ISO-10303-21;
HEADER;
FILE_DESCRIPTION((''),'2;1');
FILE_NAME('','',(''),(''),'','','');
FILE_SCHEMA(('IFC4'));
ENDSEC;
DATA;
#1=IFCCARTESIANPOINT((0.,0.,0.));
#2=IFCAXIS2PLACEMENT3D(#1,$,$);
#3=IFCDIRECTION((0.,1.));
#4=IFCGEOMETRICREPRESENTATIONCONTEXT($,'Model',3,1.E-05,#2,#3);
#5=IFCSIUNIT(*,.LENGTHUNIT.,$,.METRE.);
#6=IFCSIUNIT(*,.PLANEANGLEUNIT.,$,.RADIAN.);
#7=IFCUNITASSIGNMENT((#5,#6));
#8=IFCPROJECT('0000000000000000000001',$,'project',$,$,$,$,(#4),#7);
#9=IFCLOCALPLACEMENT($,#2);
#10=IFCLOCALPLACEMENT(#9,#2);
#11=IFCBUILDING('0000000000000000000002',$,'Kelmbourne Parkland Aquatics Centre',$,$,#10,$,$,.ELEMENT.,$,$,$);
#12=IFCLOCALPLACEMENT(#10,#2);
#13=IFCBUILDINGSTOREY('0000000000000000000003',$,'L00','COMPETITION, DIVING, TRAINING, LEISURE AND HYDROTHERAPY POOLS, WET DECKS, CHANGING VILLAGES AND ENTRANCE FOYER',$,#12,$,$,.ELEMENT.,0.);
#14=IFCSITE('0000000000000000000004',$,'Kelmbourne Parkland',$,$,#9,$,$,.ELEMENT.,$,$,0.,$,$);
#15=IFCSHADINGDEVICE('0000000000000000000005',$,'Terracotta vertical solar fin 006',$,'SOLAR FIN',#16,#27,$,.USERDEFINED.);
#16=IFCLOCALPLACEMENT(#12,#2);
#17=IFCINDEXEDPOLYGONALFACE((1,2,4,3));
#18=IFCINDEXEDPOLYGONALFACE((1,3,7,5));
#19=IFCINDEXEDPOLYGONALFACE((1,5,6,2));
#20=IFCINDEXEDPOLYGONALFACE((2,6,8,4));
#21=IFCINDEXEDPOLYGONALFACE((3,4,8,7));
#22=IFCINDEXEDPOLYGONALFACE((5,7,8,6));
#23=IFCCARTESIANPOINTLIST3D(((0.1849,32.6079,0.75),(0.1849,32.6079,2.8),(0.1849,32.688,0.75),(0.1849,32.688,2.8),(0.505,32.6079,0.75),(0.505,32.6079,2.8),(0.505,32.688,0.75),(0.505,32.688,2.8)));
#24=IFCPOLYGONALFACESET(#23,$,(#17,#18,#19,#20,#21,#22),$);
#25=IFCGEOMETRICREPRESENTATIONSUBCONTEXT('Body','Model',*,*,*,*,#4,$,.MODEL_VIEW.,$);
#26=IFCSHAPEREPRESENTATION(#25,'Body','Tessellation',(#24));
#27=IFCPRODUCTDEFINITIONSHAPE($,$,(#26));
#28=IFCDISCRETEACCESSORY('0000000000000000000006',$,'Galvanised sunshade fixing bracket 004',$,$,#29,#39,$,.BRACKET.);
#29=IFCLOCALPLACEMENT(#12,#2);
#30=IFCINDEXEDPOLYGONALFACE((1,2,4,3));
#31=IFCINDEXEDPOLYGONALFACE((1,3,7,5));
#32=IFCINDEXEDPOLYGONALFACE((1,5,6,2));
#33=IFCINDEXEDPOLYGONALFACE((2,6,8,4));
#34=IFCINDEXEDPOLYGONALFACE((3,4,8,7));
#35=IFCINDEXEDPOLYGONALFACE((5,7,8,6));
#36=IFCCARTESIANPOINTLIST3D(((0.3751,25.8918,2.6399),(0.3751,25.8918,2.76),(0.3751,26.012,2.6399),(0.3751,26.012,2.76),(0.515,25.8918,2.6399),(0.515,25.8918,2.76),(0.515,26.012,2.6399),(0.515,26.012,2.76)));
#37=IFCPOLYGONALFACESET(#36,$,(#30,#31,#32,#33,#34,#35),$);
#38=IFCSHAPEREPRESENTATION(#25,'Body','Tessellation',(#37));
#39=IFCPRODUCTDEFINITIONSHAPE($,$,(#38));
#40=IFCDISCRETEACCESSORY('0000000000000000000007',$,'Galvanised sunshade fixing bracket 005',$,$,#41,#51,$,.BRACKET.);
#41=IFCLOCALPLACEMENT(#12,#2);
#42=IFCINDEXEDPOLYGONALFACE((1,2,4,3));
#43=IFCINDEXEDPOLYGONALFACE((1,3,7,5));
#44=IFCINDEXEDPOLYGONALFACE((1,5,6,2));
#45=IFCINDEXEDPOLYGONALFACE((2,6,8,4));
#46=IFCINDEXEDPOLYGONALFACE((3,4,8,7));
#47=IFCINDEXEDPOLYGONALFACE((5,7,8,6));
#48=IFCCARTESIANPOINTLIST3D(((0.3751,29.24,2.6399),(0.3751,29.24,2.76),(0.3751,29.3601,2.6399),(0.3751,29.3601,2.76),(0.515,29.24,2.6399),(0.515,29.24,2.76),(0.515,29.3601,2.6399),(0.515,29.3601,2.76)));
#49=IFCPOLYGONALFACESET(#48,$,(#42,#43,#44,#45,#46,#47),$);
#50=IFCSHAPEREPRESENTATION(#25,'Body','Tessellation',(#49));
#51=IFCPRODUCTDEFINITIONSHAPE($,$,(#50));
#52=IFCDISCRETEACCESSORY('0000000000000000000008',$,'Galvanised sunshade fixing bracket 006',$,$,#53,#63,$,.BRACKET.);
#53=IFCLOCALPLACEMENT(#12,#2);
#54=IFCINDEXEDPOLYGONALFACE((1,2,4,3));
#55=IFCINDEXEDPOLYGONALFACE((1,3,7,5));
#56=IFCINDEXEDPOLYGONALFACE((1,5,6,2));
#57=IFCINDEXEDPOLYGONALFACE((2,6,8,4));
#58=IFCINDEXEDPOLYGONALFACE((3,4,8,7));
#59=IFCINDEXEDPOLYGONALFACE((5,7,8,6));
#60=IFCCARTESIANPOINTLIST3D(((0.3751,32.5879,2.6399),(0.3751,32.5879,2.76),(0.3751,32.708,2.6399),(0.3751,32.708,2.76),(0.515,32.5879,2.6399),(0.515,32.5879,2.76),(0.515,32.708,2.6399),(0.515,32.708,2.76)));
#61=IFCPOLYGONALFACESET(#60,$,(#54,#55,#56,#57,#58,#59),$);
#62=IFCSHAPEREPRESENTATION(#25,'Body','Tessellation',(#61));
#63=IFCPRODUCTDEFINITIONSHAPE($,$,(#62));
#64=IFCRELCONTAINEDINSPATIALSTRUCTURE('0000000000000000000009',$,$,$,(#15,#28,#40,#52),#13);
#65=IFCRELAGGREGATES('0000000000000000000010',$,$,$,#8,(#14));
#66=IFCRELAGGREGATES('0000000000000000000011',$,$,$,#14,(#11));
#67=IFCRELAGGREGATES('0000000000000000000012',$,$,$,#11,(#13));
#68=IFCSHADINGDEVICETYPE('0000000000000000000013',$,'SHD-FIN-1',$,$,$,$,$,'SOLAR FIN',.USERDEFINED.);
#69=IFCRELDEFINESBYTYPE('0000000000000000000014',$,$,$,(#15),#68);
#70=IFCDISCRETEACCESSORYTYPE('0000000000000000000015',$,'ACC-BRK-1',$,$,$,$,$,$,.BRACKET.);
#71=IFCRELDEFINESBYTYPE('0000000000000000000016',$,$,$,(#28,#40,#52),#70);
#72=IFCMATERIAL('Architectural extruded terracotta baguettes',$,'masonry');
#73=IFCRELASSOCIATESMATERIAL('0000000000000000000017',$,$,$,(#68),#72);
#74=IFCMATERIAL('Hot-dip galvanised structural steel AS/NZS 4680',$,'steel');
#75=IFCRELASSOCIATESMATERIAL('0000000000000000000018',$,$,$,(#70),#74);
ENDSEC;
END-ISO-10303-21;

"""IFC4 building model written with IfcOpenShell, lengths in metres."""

from ifc_helpers import new_model, si_unit, direction, frame, origin, origin_2d, place, context, subcontext, project, spatial, rectangle, extrude, material, type_object, element, save


model = new_model("IFC4")

# Units and contexts
model_context = context("Model", 3, precision=1e-05, world=origin(), true_north=direction((0.0, 1.0)))
body_context = subcontext(model_context, "Body", "Model", "MODEL_VIEW")
ifc_project = project(units=[si_unit("LENGTHUNIT", "METRE"), si_unit("PLANEANGLEUNIT", "RADIAN")], contexts=[model_context])

# Site, building, storey
site_placement = place(None, origin())
site = spatial("IfcSite", under=ifc_project, at=site_placement, Name="Kelmbourne Parkland", CompositionType="ELEMENT", RefElevation=0.0)
building_placement = place(site_placement, origin())
building = spatial("IfcBuilding", under=site, at=building_placement, Name="Kelmbourne Parkland Aquatics Centre", CompositionType="ELEMENT")
storey_placement = place(building_placement, origin())
storey = spatial("IfcBuildingStorey", under=building, at=storey_placement, Name="L00", Description="COMPETITION, DIVING, TRAINING, LEISURE AND HYDROTHERAPY POOLS, WET DECKS, CHANGING VILLAGES AND ENTRANCE FOYER", CompositionType="ELEMENT", Elevation=0.0)

# Shading device
ifc_material_1 = material(Name="Architectural extruded terracotta baguettes", Category="masonry")
shading_device_type = type_object("IfcShadingDeviceType", Name="SHD-FIN-1", ElementType="SOLAR FIN", PredefinedType="USERDEFINED", material=ifc_material_1)
for number, where, z_axis, x_axis, name in (
    (1, (0.345, 32.6479, 0.75), (0.0, 0.0, 1.0), (0.0, 1.0, 0.0), "Terracotta vertical solar fin 006"),
):
    element("IfcShadingDevice", number, at=place(storey_placement, frame(where, z_axis=z_axis, x_axis=x_axis)), inside=storey, type_object=shading_device_type, Name=name, ObjectType="SOLAR FIN", PredefinedType="USERDEFINED", context=body_context, shape_type="SweptSolid", body=[
        extrude(rectangle(XDim=0.0801, YDim=0.3201, at=origin_2d()), origin(), (0.0, 0.0, 1.0), 2.05),
    ])

# Discrete accessories
ifc_material_2 = material(Name="Hot-dip galvanised structural steel AS/NZS 4680", Category="steel")
discrete_accessory_type = type_object("IfcDiscreteAccessoryType", Name="ACC-BRK-1", PredefinedType="BRACKET", material=ifc_material_2)
for number, where, z_axis, x_axis, name in (
    (2, (0.4451, 25.9519, 2.6399), (0.0, 0.0, 1.0), (0.0, 1.0, 0.0), "Galvanised sunshade fixing bracket 004"),
    (3, (0.4451, 29.3, 2.6399), (0.0, 0.0, 1.0), (0.0, 1.0, 0.0), "Galvanised sunshade fixing bracket 005"),
    (4, (0.4451, 32.6479, 2.6399), (0.0, 0.0, 1.0), (0.0, 1.0, 0.0), "Galvanised sunshade fixing bracket 006"),
):
    element("IfcDiscreteAccessory", number, at=place(storey_placement, frame(where, z_axis=z_axis, x_axis=x_axis)), inside=storey, type_object=discrete_accessory_type, Name=name, PredefinedType="BRACKET", context=body_context, shape_type="SweptSolid", body=[
        extrude(rectangle(XDim=0.1201, YDim=0.1399, at=origin_2d()), origin(), (0.0, 0.0, 1.0), 0.1201),
    ])

save(model, "model.ifc")
